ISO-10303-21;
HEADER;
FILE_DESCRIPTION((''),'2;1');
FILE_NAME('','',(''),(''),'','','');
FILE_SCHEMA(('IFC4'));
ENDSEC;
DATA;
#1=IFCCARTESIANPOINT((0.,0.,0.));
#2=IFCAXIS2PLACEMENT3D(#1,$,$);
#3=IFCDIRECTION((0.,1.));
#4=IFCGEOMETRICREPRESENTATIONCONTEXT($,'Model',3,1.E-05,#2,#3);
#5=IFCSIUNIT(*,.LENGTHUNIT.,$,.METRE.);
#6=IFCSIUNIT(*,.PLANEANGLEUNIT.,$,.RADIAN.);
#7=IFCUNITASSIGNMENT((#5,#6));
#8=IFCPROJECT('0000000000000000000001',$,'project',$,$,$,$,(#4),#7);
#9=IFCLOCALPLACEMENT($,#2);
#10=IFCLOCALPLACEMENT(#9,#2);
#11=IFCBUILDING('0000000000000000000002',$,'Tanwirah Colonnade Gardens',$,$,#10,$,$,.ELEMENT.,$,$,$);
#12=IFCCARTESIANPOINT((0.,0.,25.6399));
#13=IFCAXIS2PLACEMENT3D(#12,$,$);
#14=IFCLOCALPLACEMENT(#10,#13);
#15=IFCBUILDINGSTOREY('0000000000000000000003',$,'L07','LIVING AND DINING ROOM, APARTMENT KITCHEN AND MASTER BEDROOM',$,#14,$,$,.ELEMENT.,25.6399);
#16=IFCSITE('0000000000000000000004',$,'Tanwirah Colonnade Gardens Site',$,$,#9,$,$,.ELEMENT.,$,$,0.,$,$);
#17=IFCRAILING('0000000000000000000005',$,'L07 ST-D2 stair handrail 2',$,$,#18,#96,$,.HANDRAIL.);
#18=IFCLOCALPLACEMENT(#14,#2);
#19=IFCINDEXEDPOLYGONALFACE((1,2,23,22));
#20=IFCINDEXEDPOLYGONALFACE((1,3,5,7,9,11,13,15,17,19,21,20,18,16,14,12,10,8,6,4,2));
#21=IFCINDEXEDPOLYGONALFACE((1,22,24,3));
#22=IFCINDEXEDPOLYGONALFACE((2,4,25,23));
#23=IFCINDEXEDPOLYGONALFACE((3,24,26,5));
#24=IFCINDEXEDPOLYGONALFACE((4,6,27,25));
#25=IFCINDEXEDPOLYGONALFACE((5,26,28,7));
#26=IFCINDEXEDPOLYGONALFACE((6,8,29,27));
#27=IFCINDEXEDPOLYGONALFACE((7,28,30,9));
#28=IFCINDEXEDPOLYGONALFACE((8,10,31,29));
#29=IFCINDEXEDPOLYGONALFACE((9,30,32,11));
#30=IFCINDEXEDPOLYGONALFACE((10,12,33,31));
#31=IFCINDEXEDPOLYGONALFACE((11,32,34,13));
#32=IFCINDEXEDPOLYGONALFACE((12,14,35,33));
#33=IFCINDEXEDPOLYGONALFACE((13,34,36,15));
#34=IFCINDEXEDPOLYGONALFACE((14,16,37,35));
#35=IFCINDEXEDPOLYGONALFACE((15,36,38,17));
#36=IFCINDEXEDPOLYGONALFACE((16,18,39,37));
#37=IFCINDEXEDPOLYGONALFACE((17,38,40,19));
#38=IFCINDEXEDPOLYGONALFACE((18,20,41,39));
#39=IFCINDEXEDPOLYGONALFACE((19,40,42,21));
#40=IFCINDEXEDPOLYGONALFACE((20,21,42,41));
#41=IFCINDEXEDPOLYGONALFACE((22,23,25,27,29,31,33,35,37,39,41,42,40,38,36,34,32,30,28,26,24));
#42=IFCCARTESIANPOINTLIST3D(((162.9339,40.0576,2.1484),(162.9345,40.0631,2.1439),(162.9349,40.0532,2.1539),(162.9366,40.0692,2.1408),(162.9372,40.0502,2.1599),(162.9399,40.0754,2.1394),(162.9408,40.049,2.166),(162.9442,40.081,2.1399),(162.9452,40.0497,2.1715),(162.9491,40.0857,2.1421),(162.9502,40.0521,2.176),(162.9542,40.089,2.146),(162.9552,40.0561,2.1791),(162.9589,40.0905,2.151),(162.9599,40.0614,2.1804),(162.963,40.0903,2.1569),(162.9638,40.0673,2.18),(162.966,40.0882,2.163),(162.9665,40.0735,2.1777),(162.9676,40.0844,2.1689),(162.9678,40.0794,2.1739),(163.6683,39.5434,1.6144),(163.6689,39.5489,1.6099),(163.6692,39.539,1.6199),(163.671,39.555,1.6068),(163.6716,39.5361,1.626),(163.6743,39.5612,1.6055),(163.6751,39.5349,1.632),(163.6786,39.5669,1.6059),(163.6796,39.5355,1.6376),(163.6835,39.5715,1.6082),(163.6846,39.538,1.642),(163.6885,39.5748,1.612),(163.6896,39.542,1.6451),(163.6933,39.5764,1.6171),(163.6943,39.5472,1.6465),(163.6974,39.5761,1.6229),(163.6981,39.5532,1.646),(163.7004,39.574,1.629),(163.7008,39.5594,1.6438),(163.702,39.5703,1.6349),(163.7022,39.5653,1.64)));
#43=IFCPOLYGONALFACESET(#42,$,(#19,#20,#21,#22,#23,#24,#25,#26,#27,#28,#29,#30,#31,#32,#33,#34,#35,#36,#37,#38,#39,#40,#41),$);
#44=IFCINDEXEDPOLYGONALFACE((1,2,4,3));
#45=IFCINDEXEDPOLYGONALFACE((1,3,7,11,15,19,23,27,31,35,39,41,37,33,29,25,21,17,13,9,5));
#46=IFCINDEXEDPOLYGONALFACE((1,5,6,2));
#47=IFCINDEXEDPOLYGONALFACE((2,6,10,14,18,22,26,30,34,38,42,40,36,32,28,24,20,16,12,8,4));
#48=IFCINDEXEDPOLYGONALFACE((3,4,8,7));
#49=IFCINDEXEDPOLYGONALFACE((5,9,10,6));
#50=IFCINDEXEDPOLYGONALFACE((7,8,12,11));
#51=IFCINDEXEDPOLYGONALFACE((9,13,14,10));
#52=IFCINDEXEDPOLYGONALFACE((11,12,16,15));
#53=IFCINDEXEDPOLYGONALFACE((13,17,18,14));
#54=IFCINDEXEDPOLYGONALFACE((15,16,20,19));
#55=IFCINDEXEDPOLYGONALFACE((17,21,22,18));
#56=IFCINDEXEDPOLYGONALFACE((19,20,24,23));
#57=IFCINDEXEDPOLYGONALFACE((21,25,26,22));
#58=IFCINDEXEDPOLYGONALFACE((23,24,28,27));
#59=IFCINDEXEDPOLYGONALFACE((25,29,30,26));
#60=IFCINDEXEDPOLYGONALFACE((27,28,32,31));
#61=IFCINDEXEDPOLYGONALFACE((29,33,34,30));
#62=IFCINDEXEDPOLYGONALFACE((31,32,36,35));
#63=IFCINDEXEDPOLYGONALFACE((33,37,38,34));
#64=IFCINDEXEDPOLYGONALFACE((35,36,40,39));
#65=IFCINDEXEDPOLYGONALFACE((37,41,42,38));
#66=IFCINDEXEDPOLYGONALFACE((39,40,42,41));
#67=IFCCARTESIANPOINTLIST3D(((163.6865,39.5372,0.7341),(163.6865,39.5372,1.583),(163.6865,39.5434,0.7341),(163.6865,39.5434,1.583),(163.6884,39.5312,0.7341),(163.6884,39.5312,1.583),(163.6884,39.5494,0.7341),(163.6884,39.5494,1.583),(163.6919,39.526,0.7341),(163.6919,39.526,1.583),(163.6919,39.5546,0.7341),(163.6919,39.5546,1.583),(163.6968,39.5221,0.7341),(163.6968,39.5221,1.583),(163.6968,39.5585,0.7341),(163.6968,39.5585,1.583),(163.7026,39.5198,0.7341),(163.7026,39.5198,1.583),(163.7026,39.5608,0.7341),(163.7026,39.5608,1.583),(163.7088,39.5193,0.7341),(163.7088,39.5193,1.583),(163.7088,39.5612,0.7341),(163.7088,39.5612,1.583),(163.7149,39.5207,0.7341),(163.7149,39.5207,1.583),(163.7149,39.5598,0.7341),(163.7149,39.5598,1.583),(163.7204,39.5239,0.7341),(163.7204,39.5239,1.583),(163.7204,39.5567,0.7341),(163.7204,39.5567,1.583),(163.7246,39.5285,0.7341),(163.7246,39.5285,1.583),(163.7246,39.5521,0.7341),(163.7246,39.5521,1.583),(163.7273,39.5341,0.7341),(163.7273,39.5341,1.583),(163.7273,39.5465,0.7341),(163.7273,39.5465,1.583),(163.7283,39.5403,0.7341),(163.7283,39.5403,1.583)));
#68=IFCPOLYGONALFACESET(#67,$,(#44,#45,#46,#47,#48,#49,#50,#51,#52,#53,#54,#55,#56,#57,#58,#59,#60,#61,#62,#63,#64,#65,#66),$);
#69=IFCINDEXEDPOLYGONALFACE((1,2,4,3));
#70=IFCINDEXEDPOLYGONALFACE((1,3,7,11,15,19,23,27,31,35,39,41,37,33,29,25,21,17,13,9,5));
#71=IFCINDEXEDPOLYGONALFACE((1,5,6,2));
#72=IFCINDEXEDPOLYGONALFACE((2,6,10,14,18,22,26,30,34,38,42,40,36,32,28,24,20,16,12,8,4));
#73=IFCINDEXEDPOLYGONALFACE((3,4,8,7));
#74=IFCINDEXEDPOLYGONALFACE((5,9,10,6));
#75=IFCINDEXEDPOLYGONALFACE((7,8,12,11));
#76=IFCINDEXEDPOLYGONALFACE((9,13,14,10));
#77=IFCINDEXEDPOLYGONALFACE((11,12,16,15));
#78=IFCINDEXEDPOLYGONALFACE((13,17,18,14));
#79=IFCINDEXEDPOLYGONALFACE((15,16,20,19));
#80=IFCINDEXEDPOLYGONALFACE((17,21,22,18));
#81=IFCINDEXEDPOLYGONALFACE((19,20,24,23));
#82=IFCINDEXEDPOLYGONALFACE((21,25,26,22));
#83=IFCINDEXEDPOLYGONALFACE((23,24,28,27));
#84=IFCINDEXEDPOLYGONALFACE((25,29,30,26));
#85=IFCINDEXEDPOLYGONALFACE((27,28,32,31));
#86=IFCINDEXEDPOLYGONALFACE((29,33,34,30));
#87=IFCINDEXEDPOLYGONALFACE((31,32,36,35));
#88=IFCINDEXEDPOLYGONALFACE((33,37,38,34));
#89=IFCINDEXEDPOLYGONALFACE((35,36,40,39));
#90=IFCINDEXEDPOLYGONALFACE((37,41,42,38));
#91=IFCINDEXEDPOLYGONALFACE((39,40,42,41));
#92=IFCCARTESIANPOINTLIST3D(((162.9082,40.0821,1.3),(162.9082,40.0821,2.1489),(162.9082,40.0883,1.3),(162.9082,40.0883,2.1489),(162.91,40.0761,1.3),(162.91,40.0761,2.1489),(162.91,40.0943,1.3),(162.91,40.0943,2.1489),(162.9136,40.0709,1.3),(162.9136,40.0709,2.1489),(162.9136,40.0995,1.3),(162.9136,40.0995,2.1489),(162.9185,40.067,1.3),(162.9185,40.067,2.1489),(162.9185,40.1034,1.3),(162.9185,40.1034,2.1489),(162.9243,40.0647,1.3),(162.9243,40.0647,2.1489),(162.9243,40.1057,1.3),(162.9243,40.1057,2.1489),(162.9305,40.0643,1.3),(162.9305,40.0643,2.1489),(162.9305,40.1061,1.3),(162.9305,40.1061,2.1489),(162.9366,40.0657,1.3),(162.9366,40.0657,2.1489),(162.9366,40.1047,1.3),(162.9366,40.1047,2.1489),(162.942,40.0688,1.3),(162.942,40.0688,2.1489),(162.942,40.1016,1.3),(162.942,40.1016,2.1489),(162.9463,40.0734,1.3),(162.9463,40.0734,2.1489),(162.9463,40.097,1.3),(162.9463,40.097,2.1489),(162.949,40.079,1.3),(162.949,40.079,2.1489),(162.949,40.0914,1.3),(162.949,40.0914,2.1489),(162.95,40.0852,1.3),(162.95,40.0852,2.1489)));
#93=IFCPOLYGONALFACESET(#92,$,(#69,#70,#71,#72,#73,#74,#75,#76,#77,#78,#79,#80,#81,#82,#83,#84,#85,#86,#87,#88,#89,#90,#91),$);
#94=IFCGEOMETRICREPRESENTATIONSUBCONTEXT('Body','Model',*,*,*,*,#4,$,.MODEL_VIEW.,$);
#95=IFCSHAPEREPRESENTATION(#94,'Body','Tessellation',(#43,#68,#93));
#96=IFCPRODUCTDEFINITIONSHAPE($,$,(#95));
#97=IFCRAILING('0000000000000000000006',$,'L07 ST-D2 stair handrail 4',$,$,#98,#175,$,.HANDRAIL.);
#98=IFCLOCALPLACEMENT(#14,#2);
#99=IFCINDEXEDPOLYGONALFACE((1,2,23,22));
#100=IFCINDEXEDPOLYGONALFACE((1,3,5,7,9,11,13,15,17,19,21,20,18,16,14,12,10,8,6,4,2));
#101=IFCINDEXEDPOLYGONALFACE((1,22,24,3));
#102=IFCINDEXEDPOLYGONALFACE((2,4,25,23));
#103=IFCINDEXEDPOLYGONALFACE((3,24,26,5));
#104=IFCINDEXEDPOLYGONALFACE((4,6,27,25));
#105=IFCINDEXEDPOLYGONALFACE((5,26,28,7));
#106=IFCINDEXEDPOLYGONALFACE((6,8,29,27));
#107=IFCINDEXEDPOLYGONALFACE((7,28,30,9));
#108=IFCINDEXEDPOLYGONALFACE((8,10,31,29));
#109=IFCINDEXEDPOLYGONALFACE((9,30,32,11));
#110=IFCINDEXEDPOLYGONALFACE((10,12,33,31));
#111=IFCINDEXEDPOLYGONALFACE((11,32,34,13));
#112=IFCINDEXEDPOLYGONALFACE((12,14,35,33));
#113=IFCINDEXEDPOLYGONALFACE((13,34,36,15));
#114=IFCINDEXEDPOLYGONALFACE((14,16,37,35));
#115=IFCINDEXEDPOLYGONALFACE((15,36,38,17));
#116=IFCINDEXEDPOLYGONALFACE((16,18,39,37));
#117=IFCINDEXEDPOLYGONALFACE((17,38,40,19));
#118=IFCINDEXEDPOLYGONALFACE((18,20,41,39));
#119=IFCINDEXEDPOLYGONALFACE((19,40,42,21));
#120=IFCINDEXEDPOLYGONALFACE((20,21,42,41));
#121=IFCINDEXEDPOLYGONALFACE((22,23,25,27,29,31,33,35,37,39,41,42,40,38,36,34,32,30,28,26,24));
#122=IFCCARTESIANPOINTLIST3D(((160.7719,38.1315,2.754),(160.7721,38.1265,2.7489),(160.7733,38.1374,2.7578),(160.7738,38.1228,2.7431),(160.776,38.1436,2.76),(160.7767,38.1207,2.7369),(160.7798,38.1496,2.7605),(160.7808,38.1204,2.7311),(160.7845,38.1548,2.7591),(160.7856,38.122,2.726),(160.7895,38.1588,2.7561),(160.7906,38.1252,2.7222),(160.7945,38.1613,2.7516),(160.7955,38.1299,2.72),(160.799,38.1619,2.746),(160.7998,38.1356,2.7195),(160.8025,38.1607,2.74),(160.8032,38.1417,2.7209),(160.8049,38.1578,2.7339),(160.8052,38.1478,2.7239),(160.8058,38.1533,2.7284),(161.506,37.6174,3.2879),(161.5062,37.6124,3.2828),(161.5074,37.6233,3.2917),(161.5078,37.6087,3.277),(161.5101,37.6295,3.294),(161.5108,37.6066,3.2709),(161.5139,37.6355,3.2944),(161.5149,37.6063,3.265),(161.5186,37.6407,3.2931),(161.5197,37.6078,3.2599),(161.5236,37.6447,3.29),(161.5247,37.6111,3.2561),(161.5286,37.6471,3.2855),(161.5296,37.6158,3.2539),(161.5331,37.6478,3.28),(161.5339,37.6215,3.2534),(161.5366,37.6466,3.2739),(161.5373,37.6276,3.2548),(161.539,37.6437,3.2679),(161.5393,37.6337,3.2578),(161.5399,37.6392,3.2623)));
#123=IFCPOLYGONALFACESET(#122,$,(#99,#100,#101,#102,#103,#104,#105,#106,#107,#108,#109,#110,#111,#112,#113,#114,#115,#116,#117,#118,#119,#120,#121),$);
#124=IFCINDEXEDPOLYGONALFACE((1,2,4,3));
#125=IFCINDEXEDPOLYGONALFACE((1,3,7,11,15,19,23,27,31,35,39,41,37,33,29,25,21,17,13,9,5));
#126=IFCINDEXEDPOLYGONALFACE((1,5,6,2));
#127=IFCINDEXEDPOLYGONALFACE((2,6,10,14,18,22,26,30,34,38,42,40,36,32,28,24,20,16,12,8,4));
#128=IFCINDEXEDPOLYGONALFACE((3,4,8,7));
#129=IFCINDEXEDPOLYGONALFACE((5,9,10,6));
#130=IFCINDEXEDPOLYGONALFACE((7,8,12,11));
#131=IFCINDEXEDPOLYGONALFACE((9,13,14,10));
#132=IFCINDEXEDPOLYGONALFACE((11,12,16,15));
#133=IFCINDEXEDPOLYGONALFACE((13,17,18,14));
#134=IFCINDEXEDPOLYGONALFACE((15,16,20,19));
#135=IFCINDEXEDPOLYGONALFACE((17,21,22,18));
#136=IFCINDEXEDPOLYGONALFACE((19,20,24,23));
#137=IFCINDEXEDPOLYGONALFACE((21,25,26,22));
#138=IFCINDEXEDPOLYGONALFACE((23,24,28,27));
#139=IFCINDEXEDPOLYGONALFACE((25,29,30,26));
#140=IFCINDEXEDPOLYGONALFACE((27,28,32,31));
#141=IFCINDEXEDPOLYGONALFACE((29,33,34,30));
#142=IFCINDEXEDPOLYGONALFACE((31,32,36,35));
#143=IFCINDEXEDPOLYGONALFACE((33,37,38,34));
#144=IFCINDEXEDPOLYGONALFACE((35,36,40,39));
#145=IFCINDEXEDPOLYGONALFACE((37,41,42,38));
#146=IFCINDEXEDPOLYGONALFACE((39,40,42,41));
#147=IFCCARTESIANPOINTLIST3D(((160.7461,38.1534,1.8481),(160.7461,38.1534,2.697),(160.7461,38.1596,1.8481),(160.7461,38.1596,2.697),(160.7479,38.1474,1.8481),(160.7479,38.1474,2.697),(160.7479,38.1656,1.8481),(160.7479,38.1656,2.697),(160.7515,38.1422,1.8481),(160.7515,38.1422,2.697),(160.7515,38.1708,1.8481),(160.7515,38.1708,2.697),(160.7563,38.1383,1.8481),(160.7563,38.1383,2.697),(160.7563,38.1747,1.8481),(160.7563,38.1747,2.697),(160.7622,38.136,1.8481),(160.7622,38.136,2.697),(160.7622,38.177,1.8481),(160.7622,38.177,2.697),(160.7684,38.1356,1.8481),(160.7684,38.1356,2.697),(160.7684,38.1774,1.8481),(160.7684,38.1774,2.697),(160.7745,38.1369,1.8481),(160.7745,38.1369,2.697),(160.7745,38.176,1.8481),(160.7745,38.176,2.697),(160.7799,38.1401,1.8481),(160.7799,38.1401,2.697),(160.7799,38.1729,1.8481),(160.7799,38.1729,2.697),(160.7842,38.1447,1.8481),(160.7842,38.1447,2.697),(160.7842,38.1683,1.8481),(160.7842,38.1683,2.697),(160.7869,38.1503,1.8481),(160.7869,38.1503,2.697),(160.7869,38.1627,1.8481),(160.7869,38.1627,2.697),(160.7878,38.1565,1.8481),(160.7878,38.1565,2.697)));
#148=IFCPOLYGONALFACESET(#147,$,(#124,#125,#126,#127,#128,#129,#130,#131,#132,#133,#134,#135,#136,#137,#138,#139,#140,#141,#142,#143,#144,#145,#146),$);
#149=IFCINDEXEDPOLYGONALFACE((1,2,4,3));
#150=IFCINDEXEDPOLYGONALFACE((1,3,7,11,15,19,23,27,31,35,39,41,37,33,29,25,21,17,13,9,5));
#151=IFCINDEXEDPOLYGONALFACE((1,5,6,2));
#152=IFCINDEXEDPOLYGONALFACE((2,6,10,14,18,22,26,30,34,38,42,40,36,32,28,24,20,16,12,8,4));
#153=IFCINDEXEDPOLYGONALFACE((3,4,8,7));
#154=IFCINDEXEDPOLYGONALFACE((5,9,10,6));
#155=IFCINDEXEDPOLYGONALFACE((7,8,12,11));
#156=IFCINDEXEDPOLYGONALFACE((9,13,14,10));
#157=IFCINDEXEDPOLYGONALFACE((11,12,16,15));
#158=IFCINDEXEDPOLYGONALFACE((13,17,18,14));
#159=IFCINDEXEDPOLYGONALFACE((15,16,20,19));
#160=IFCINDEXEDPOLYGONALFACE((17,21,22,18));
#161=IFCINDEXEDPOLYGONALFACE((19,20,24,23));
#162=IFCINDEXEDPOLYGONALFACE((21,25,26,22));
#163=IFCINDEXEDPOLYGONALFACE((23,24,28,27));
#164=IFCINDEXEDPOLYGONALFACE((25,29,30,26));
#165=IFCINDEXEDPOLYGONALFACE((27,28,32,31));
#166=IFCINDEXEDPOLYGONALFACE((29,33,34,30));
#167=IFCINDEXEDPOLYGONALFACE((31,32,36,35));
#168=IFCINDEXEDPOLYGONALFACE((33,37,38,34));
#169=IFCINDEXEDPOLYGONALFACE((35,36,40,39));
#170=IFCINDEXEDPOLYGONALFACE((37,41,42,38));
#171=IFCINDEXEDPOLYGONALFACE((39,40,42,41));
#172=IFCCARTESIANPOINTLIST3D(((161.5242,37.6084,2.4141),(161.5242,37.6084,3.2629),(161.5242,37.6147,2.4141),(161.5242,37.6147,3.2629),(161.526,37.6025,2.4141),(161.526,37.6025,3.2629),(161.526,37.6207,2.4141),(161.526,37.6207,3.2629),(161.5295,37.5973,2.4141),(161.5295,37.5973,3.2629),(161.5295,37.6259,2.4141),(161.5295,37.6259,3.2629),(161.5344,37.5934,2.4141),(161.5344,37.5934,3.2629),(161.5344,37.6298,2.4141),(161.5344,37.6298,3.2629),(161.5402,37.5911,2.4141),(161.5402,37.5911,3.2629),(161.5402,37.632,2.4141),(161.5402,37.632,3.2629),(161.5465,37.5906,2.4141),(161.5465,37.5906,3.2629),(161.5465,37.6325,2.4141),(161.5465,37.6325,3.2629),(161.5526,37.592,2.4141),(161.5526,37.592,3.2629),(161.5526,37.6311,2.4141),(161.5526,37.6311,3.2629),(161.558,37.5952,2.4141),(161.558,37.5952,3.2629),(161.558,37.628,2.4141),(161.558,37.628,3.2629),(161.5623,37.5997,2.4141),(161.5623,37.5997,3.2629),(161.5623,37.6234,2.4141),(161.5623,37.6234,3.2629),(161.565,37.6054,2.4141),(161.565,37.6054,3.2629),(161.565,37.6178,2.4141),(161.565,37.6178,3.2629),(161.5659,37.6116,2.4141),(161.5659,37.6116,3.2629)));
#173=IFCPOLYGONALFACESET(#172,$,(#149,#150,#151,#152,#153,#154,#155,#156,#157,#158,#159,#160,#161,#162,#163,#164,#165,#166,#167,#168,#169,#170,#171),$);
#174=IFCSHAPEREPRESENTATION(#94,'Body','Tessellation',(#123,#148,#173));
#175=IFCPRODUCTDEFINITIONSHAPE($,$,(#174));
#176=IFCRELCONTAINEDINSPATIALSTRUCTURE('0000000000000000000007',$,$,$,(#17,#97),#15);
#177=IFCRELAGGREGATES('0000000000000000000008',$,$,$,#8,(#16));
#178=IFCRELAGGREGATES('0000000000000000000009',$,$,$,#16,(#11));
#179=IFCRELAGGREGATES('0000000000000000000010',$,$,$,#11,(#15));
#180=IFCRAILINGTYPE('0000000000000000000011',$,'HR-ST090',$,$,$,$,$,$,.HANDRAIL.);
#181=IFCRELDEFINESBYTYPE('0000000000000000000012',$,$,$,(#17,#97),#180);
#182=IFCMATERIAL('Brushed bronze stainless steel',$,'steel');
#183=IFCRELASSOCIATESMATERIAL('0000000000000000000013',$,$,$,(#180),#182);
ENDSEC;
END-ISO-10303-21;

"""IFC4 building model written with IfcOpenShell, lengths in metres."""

from ifc_helpers import new_model, si_unit, direction, frame, origin, origin_2d, place, context, subcontext, project, spatial, circle, extrude, material, type_object, element, save


model = new_model("IFC4")

# Units and contexts
model_context = context("Model", 3, precision=1e-05, world=origin(), true_north=direction((0.0, 1.0)))
body_context = subcontext(model_context, "Body", "Model", "MODEL_VIEW")
ifc_project = project(units=[si_unit("LENGTHUNIT", "METRE"), si_unit("PLANEANGLEUNIT", "RADIAN")], contexts=[model_context])

# Site, building, storey
site_placement = place(None, origin())
site = spatial("IfcSite", under=ifc_project, at=site_placement, Name="Tanwirah Colonnade Gardens Site", CompositionType="ELEMENT", RefElevation=0.0)
building_placement = place(site_placement, origin())
building = spatial("IfcBuilding", under=site, at=building_placement, Name="Tanwirah Colonnade Gardens", CompositionType="ELEMENT")
storey_placement = place(building_placement, frame((0.0, 0.0, 25.6399)))
storey = spatial("IfcBuildingStorey", under=building, at=storey_placement, Name="L07", Description="LIVING AND DINING ROOM, APARTMENT KITCHEN AND MASTER BEDROOM", CompositionType="ELEMENT", Elevation=25.6399)

# Railings
ifc_material_1 = material(Name="Brushed bronze stainless steel", Category="steel")
railing_type_1 = type_object("IfcRailingType", Name="HR-ST090", PredefinedType="HANDRAIL", material=ifc_material_1)
railing_1_placement = place(storey_placement, frame((163.7073, 39.5403, 0.7341)))
element("IfcRailing", 1, at=railing_1_placement, inside=storey, type_object=railing_type_1, Name="L07 ST-D2 stair handrail 2", PredefinedType="HANDRAIL", context=body_context, shape_type="SweptSolid", body=[
    extrude(circle(Radius=0.0239, at=origin_2d()), frame((-0.022, 0.0154, 0.8918), z_axis=(-0.703797, 0.492747, 0.511732), x_axis=(-0.573531, -0.819184, 0.0)), (0.0, 0.0, 1.0), 1.0435),
    extrude(circle(Radius=0.021, at=origin_2d()), origin(), (0.0, 0.0, 1.0), 0.8489),
    extrude(circle(Radius=0.021, at=origin_2d()), frame((-0.7783, 0.5449, 0.5659)), (0.0, 0.0, 1.0), 0.8489),
])
railing_2_placement = place(storey_placement, frame((160.7668, 38.1565, 1.8481)))
element("IfcRailing", 2, at=railing_2_placement, inside=storey, type_object=railing_type_1, Name="L07 ST-D2 stair handrail 4", PredefinedType="HANDRAIL", context=body_context, shape_type="SweptSolid", body=[
    extrude(circle(Radius=0.0239, at=origin_2d()), frame((0.022, -0.0154, 0.8918), z_axis=(0.703686, -0.492823, 0.511812), x_axis=(0.573652, 0.819099, 0.0)), (0.0, 0.0, 1.0), 1.0432),
    extrude(circle(Radius=0.021, at=origin_2d()), origin(), (0.0, 0.0, 1.0), 0.8489),
    extrude(circle(Radius=0.021, at=origin_2d()), frame((0.7781, -0.5449, 0.5659)), (0.0, 0.0, 1.0), 0.8489),
])

save(model, "model.ifc")
